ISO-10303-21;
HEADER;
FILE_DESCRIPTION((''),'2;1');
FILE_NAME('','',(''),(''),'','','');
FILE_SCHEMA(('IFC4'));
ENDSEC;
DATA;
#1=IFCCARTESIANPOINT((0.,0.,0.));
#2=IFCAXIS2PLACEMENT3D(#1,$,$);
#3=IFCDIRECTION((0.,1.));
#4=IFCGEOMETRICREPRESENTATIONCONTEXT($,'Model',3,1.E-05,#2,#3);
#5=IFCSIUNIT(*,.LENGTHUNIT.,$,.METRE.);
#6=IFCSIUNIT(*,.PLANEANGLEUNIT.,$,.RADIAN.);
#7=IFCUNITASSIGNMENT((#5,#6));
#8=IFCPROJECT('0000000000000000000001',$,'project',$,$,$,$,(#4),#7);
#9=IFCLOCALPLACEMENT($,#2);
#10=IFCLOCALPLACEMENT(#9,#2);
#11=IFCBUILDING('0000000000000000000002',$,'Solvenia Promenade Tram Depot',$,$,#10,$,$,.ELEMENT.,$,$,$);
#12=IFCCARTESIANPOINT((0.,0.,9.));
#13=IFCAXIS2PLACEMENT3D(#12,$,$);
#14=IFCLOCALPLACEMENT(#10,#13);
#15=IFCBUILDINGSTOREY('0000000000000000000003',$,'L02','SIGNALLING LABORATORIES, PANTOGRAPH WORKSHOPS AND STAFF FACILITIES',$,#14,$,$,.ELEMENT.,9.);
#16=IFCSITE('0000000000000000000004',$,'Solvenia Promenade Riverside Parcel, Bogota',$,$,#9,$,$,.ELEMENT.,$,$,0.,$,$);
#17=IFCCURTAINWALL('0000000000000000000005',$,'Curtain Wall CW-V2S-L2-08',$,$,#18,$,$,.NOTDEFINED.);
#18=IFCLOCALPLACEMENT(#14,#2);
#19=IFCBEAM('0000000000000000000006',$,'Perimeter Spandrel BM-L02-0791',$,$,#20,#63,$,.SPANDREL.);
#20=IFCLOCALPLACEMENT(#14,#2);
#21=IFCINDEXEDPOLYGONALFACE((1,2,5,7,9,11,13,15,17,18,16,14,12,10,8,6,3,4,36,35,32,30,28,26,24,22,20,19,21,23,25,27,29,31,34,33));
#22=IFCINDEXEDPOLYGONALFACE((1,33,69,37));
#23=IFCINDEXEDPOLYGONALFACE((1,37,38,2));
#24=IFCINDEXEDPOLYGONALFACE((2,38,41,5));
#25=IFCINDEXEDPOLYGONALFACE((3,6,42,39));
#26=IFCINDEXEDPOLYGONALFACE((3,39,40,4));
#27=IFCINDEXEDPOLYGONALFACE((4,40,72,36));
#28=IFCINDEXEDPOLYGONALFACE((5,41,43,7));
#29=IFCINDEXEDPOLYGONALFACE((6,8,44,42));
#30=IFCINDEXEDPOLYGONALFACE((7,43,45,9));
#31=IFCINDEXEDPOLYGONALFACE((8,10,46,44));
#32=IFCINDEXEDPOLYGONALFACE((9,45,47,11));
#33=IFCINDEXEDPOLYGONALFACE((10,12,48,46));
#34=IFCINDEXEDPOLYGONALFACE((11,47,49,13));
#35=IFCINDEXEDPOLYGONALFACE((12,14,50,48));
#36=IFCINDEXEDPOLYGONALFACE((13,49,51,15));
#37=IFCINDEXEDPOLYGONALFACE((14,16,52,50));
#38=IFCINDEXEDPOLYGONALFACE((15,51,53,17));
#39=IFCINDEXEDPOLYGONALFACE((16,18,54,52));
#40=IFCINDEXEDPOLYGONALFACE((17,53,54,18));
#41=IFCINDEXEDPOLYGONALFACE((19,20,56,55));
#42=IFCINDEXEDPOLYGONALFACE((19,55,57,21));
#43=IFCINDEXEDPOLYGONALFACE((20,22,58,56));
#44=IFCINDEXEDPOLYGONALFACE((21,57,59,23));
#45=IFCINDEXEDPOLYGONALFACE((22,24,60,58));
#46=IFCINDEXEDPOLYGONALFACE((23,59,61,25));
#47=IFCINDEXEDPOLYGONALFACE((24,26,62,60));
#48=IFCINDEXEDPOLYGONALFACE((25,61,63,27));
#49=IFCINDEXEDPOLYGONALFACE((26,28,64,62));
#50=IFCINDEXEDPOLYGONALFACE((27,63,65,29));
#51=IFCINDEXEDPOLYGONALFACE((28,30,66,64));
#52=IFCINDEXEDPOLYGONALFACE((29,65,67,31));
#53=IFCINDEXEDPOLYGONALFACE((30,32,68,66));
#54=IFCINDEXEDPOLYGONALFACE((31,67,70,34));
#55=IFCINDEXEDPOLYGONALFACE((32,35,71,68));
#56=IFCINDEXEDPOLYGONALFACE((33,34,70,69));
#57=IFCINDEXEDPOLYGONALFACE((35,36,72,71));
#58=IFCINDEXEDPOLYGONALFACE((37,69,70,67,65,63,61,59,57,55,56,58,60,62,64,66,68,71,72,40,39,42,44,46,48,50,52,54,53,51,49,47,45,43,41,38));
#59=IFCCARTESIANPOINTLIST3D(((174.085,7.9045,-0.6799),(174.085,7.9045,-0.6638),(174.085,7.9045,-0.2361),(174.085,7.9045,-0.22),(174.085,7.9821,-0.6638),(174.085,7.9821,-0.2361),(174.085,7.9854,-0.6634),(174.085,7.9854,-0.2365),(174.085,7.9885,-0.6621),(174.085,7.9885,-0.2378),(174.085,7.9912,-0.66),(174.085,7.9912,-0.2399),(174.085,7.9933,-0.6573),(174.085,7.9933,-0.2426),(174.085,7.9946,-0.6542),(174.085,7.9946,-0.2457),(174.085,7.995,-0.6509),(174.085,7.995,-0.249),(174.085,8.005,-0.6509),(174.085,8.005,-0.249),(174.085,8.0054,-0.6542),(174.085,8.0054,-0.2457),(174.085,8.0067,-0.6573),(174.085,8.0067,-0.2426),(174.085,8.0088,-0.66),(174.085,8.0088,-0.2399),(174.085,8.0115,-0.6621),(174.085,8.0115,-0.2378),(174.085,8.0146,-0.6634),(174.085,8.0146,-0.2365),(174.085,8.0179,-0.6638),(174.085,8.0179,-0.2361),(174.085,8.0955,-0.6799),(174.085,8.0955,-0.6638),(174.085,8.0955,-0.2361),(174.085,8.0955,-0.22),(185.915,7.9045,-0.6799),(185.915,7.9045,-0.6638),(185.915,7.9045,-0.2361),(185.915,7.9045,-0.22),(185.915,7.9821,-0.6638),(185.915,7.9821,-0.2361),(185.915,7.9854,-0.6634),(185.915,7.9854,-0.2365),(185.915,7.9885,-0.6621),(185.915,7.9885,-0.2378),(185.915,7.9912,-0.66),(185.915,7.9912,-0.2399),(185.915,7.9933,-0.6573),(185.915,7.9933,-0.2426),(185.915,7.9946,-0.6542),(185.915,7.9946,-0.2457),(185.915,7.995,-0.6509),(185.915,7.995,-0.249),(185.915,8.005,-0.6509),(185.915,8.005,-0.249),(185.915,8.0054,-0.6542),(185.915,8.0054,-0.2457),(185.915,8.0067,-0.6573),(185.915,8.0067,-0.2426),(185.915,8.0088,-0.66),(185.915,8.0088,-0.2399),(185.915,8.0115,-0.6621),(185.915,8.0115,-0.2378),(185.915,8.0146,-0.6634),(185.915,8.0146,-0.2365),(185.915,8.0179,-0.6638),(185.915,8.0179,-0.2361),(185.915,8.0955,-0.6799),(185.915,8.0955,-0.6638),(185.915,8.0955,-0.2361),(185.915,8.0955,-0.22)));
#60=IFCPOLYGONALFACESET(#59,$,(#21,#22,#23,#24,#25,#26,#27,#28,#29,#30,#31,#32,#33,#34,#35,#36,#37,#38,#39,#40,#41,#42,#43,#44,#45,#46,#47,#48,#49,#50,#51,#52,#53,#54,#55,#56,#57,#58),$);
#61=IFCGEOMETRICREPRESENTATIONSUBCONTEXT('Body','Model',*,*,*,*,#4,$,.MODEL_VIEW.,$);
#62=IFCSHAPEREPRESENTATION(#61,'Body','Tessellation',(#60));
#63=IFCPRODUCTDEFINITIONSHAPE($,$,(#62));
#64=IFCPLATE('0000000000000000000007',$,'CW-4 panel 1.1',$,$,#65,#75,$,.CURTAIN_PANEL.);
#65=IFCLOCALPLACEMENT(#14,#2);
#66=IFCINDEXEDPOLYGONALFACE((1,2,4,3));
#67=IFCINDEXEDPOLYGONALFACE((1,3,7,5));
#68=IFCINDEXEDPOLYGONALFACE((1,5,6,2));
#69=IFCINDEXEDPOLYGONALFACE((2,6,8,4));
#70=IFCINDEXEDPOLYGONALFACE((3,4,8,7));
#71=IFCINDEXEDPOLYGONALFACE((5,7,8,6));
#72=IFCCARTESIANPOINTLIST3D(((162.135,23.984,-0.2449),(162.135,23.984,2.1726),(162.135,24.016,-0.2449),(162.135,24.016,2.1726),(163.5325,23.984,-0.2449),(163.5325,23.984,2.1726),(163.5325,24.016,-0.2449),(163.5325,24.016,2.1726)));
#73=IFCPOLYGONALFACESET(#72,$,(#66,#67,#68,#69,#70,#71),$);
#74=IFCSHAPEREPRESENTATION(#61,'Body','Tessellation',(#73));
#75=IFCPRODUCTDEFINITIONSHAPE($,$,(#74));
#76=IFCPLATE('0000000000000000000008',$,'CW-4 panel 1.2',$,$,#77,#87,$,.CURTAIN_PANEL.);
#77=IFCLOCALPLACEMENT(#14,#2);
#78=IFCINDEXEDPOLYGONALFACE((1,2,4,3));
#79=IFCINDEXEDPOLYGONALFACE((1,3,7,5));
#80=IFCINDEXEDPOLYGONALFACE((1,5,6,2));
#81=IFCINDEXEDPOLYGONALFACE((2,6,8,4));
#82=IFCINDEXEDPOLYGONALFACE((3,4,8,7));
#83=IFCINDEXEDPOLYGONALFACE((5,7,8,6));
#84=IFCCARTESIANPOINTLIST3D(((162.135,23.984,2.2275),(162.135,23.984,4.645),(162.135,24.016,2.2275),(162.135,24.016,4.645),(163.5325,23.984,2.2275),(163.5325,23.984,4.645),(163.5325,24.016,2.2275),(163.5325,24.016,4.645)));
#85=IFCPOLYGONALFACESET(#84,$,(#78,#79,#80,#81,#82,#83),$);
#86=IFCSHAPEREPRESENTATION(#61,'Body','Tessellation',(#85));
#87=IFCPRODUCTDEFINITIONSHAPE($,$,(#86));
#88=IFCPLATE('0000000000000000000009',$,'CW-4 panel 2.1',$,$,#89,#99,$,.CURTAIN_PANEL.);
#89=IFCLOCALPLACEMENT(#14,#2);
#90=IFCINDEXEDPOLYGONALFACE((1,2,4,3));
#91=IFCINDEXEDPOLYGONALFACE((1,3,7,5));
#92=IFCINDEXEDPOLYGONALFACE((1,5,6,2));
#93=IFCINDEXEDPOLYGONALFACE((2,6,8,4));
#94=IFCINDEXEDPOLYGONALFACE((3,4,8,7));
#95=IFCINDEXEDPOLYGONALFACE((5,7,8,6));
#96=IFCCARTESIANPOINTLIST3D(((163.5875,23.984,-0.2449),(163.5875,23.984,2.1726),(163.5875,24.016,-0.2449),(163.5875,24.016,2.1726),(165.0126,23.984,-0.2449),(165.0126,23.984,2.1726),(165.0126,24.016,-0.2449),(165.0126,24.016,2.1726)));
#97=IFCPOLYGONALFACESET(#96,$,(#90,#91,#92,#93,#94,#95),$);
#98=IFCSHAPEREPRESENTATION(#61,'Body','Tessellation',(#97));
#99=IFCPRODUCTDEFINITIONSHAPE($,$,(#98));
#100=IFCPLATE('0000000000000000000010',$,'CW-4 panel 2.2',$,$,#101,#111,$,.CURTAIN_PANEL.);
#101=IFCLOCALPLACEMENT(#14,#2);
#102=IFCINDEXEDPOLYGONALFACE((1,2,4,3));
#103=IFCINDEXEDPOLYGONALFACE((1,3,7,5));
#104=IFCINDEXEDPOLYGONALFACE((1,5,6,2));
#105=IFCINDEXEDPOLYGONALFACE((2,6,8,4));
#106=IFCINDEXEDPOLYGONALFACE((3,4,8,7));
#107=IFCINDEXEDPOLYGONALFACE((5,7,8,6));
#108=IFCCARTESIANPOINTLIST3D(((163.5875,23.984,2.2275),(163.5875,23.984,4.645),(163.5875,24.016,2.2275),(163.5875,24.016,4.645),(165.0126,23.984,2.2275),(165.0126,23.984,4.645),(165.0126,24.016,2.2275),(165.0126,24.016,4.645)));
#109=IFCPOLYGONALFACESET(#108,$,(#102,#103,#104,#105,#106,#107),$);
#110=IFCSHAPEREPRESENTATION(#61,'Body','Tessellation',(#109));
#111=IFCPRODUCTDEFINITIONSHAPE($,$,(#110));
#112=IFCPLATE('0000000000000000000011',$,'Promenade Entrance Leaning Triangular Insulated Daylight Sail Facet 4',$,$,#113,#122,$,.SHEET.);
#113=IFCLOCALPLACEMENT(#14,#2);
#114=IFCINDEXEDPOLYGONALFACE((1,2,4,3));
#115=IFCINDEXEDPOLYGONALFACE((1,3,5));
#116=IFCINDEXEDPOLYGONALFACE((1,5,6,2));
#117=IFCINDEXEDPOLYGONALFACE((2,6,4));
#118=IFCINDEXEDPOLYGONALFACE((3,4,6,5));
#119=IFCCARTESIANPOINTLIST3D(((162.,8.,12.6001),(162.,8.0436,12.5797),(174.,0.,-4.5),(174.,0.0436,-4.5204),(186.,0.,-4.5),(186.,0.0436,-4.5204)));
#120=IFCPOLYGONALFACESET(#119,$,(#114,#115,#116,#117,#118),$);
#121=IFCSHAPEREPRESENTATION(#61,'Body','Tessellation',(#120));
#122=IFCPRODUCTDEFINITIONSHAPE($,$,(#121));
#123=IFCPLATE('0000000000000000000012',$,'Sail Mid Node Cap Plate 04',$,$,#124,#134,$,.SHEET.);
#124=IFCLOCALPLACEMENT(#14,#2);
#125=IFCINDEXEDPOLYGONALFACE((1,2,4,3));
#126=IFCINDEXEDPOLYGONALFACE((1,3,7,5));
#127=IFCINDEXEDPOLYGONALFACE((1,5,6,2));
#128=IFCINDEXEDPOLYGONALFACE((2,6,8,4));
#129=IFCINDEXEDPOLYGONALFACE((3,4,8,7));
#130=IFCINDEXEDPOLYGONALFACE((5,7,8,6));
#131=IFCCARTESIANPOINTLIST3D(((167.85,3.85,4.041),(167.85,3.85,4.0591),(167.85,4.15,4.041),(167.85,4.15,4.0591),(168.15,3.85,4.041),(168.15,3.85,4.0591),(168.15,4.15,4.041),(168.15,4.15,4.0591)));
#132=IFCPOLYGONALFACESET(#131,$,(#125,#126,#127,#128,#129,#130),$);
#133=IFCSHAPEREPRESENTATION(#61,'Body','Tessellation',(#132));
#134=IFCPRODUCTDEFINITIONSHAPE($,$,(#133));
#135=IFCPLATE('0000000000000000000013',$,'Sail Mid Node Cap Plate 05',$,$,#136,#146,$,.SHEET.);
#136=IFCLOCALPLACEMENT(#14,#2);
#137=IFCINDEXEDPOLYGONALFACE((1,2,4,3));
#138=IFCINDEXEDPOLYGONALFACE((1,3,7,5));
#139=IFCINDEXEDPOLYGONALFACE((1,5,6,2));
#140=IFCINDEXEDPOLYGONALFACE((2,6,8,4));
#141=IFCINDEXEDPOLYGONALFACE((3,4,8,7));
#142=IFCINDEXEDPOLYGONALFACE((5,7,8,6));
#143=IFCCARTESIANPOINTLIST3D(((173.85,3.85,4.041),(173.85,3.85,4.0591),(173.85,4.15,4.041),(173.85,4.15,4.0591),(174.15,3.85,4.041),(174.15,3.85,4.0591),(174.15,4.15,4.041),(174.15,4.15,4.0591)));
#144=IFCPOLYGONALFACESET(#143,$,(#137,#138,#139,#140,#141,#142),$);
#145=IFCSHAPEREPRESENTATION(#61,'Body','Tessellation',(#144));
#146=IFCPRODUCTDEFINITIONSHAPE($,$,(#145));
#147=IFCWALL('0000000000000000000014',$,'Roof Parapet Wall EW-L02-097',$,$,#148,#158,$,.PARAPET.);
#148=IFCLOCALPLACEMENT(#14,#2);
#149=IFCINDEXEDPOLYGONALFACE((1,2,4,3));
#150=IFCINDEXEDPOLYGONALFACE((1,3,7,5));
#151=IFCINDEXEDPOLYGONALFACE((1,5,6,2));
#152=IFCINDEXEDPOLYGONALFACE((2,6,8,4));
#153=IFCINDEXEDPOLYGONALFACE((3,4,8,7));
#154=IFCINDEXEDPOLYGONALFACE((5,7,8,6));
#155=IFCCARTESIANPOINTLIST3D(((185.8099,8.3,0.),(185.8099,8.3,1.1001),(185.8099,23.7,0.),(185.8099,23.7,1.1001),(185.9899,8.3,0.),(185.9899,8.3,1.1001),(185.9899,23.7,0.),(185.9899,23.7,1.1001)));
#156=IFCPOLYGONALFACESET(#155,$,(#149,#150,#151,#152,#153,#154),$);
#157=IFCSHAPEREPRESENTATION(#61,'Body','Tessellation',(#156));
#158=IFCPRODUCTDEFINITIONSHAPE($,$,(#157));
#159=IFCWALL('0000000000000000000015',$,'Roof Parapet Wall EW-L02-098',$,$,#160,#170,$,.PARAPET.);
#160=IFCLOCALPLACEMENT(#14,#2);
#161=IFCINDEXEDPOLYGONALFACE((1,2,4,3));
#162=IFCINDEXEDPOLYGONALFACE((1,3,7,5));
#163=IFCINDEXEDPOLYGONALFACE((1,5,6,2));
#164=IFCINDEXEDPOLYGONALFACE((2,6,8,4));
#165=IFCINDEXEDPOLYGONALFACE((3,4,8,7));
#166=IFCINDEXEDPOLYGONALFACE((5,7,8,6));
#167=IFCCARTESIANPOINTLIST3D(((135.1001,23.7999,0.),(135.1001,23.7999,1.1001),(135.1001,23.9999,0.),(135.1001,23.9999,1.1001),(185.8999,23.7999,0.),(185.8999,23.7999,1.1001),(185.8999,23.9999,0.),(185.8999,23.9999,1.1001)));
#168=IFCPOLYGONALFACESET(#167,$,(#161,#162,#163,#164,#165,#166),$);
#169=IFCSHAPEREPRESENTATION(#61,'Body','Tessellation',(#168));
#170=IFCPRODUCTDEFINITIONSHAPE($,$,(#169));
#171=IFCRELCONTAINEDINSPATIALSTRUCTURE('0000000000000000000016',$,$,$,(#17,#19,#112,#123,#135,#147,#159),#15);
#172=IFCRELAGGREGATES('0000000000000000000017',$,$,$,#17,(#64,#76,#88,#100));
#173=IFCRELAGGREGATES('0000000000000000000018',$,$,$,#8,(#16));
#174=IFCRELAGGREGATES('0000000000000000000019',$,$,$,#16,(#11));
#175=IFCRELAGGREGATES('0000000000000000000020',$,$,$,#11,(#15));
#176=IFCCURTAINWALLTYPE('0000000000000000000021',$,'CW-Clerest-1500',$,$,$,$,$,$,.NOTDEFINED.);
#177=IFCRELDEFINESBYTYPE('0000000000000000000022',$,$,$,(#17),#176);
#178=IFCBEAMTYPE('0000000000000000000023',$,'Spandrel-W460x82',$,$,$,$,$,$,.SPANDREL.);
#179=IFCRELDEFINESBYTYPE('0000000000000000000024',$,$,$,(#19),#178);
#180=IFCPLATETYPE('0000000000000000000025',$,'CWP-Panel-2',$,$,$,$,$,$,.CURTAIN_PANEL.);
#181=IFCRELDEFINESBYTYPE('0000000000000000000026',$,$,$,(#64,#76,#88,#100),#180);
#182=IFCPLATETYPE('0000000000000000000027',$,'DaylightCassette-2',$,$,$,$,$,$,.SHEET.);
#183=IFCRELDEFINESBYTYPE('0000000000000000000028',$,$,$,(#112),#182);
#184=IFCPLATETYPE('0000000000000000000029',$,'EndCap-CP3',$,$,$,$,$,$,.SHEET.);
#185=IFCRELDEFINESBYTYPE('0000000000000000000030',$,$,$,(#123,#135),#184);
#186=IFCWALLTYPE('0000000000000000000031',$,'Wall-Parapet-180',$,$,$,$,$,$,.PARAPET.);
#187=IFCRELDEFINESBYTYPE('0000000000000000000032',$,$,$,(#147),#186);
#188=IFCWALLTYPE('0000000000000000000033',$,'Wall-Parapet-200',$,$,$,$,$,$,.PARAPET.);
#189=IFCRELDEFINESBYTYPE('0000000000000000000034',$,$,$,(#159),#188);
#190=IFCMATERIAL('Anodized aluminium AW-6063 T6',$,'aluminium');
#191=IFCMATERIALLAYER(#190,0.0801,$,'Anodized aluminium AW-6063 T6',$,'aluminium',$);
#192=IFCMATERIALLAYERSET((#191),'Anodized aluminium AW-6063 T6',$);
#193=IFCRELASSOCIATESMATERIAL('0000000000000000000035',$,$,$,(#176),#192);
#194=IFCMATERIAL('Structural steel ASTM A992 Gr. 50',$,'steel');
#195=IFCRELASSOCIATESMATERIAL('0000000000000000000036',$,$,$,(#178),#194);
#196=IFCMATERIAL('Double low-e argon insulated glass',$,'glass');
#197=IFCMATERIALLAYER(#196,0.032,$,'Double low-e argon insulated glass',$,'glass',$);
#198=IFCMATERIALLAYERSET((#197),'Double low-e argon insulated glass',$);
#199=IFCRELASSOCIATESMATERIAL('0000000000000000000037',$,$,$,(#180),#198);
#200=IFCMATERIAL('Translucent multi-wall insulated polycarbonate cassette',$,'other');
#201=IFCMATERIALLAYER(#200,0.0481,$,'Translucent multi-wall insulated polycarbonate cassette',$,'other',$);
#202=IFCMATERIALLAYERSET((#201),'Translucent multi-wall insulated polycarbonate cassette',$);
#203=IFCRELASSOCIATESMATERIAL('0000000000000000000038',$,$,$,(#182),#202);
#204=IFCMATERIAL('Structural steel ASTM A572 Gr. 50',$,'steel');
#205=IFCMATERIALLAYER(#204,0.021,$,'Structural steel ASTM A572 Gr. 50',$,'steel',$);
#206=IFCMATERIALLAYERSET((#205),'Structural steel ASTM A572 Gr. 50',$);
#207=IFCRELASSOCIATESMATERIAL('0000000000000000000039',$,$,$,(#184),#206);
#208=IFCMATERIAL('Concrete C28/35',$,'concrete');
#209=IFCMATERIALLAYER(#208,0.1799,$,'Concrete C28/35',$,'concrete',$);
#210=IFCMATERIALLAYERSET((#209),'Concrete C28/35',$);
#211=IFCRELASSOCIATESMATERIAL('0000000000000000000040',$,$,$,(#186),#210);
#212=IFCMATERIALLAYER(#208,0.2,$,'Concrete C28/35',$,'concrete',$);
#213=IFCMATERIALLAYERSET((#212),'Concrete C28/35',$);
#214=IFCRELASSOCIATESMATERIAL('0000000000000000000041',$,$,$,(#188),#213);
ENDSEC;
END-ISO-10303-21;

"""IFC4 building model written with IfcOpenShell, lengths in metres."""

from ifc_helpers import new_model, si_unit, direction, frame, frame_2d, origin, origin_2d, place, context, subcontext, project, spatial, polyline, rectangle, i_section, outline, extrude, material, layer, layer_set, material_profile, profile_set, type_object, element, aggregate, save


model = new_model("IFC4")

# Units and contexts
model_context = context("Model", 3, precision=1e-05, world=origin(), true_north=direction((0.0, 1.0)))
body_context = subcontext(model_context, "Body", "Model", "MODEL_VIEW")
ifc_project = project(units=[si_unit("LENGTHUNIT", "METRE"), si_unit("PLANEANGLEUNIT", "RADIAN")], contexts=[model_context])

# Site, building, storey
site_placement = place(None, origin())
site = spatial("IfcSite", under=ifc_project, at=site_placement, Name="Solvenia Promenade Riverside Parcel, Bogota", CompositionType="ELEMENT", RefElevation=0.0)
building_placement = place(site_placement, origin())
building = spatial("IfcBuilding", under=site, at=building_placement, Name="Solvenia Promenade Tram Depot", CompositionType="ELEMENT")
storey_placement = place(building_placement, frame((0.0, 0.0, 9.0)))
storey = spatial("IfcBuildingStorey", under=building, at=storey_placement, Name="L02", Description="SIGNALLING LABORATORIES, PANTOGRAPH WORKSHOPS AND STAFF FACILITIES", CompositionType="ELEMENT", Elevation=9.0)

# Curtain wall
ifc_material_1 = material(Name="Anodized aluminium AW-6063 T6", Category="aluminium")
ifc_layer_1 = layer(ifc_material_1, 0.0801, Name="Anodized aluminium AW-6063 T6", Category="aluminium")
ifc_layer_set_1 = layer_set([ifc_layer_1], Name="Anodized aluminium AW-6063 T6")
curtain_wall_type = type_object("IfcCurtainWallType", Name="CW-Clerest-1500", PredefinedType="NOTDEFINED", material=ifc_layer_set_1)
curtain_wall_placement = place(storey_placement, origin())
curtain_wall = element("IfcCurtainWall", 1, at=curtain_wall_placement, inside=storey, type_object=curtain_wall_type, Name="Curtain Wall CW-V2S-L2-08", PredefinedType="NOTDEFINED")

# Shared definitions
ifc_material_2 = material(Name="Structural steel ASTM A992 Gr. 50", Category="steel")

# Beam
ifc_material_profile_1 = material_profile(ifc_material_2, i_section(OverallWidth=0.1909, OverallDepth=0.46, WebThickness=0.01, FlangeThickness=0.0161, FilletRadius=0.0129, at=origin_2d()), Name="W460x82", Category="steel")
ifc_profile_set_1 = profile_set([ifc_material_profile_1], Name="Structural steel ASTM A992 Gr. 50")
beam_type_1 = type_object("IfcBeamType", Name="Spandrel-W460x82", PredefinedType="SPANDREL", material=ifc_profile_set_1)
beam_placement = place(storey_placement, frame((174.085, 8.0, -0.45), z_axis=(1.0, 0.0, 0.0), x_axis=(0.0, 1.0, 0.0)))
element("IfcBeam", 2, at=beam_placement, inside=storey, type_object=beam_type_1, Name="Perimeter Spandrel BM-L02-0791", PredefinedType="SPANDREL", context=body_context, shape_type="SweptSolid", body=[
    extrude(i_section(OverallWidth=0.1909, OverallDepth=0.46, WebThickness=0.01, FlangeThickness=0.0161, FilletRadius=0.0129, at=origin_2d()), origin(), (0.0, 0.0, 1.0), 11.8301),
])

# Plates
ifc_material_3 = material(Name="Double low-e argon insulated glass", Category="glass")
ifc_layer_2 = layer(ifc_material_3, 0.032, Name="Double low-e argon insulated glass", Category="glass")
ifc_layer_set_2 = layer_set([ifc_layer_2], Name="Double low-e argon insulated glass")
plate_type_1 = type_object("IfcPlateType", Name="CWP-Panel-2", PredefinedType="CURTAIN_PANEL", material=ifc_layer_set_2)
plate_1_placement = place(storey_placement, frame((162.8337, 24.0, -0.2449), z_axis=(0.0, 0.0, 1.0), x_axis=(1.0, 0.0, 0.0)))
plate_1 = element("IfcPlate", 3, at=plate_1_placement, type_object=plate_type_1, Name="CW-4 panel 1.1", PredefinedType="CURTAIN_PANEL", context=body_context, shape_type="SweptSolid", body=[
    extrude(rectangle(XDim=1.3975, YDim=0.032, at=origin_2d()), origin(), (0.0, 0.0, 1.0), 2.4175),
])
plate_2_placement = place(storey_placement, frame((162.8337, 24.0, 2.2275), z_axis=(0.0, 0.0, 1.0), x_axis=(1.0, 0.0, 0.0)))
plate_2 = element("IfcPlate", 4, at=plate_2_placement, type_object=plate_type_1, Name="CW-4 panel 1.2", PredefinedType="CURTAIN_PANEL", context=body_context, shape_type="SweptSolid", body=[
    extrude(rectangle(XDim=1.3975, YDim=0.032, at=origin_2d()), origin(), (0.0, 0.0, 1.0), 2.4175),
])
plate_3_placement = place(storey_placement, frame((164.3, 24.0, -0.2449), z_axis=(0.0, 0.0, 1.0), x_axis=(1.0, 0.0, 0.0)))
plate_3 = element("IfcPlate", 5, at=plate_3_placement, type_object=plate_type_1, Name="CW-4 panel 2.1", PredefinedType="CURTAIN_PANEL", context=body_context, shape_type="SweptSolid", body=[
    extrude(rectangle(XDim=1.425, YDim=0.032, at=origin_2d()), origin(), (0.0, 0.0, 1.0), 2.4175),
])
plate_4_placement = place(storey_placement, frame((164.3, 24.0, 2.2275), z_axis=(0.0, 0.0, 1.0), x_axis=(1.0, 0.0, 0.0)))
plate_4 = element("IfcPlate", 6, at=plate_4_placement, type_object=plate_type_1, Name="CW-4 panel 2.2", PredefinedType="CURTAIN_PANEL", context=body_context, shape_type="SweptSolid", body=[
    extrude(rectangle(XDim=1.425, YDim=0.032, at=origin_2d()), origin(), (0.0, 0.0, 1.0), 2.4175),
])
aggregate(curtain_wall, [plate_1, plate_2, plate_3, plate_4])

# Plates
ifc_material_4 = material(Name="Translucent multi-wall insulated polycarbonate cassette", Category="other")
ifc_layer_3 = layer(ifc_material_4, 0.0481, Name="Translucent multi-wall insulated polycarbonate cassette", Category="other")
ifc_layer_set_3 = layer_set([ifc_layer_3], Name="Translucent multi-wall insulated polycarbonate cassette")
plate_type_2 = type_object("IfcPlateType", Name="DaylightCassette-2", PredefinedType="SHEET", material=ifc_layer_set_3)
plate_5_placement = place(storey_placement, frame((174.0, 0.0, -4.5), z_axis=(0.0, -0.905778, 0.423753), x_axis=(1.0, 0.0, 0.0)))
element("IfcPlate", 7, at=plate_5_placement, inside=storey, type_object=plate_type_2, Name="Promenade Entrance Leaning Triangular Insulated Daylight Sail Facet 4", PredefinedType="SHEET", context=body_context, shape_type="SweptSolid", body=[
    extrude(outline(polyline([(0.0, 0.0), (12.0, 0.0), (-12.0, 18.8789), (0.0, 0.0)])), origin(), (0.0, 0.0, -1.0), 0.0481),
])
ifc_material_5 = material(Name="Structural steel ASTM A572 Gr. 50", Category="steel")
ifc_layer_4 = layer(ifc_material_5, 0.021, Name="Structural steel ASTM A572 Gr. 50", Category="steel")
ifc_layer_set_4 = layer_set([ifc_layer_4], Name="Structural steel ASTM A572 Gr. 50")
plate_type_3 = type_object("IfcPlateType", Name="EndCap-CP3", PredefinedType="SHEET", material=ifc_layer_set_4)
for number, where, z_axis, x_axis, name in (
    (8, (168.0, 4.0, 4.041), (0.0, 0.0, 1.0), (1.0, 0.0, 0.0), "Sail Mid Node Cap Plate 04"),
    (9, (174.0, 4.0, 4.041), (0.0, 0.0, 1.0), (1.0, 0.0, 0.0), "Sail Mid Node Cap Plate 05"),
):
    element("IfcPlate", number, at=place(storey_placement, frame(where, z_axis=z_axis, x_axis=x_axis)), inside=storey, type_object=plate_type_3, Name=name, PredefinedType="SHEET", context=body_context, shape_type="SweptSolid", body=[
        extrude(rectangle(XDim=0.3, YDim=0.3, at=origin_2d()), origin(), (0.0, 0.0, 1.0), 0.0181),
    ])

# Walls
ifc_material_6 = material(Name="Concrete C28/35", Category="concrete")
ifc_layer_5 = layer(ifc_material_6, 0.1799, Name="Concrete C28/35", Category="concrete")
ifc_layer_set_5 = layer_set([ifc_layer_5], Name="Concrete C28/35")
wall_type_1 = type_object("IfcWallType", Name="Wall-Parapet-180", PredefinedType="PARAPET", material=ifc_layer_set_5)
wall_1_placement = place(storey_placement, frame((185.8999, 8.3, 0.0), z_axis=(0.0, 0.0, 1.0), x_axis=(0.0, 1.0, 0.0)))
element("IfcWall", 10, at=wall_1_placement, inside=storey, type_object=wall_type_1, Name="Roof Parapet Wall EW-L02-097", PredefinedType="PARAPET", context=body_context, shape_type="SweptSolid", body=[
    extrude(rectangle(XDim=15.3999, YDim=0.1799, at=frame_2d((7.7, 0.0))), origin(), (0.0, 0.0, 1.0), 1.1001),
])
ifc_layer_6 = layer(ifc_material_6, 0.2, Name="Concrete C28/35", Category="concrete")
ifc_layer_set_6 = layer_set([ifc_layer_6], Name="Concrete C28/35")
wall_type_2 = type_object("IfcWallType", Name="Wall-Parapet-200", PredefinedType="PARAPET", material=ifc_layer_set_6)
wall_2_placement = place(storey_placement, frame((185.8999, 23.8999, 0.0), z_axis=(0.0, 0.0, 1.0), x_axis=(-1.0, 0.0, 0.0)))
element("IfcWall", 11, at=wall_2_placement, inside=storey, type_object=wall_type_2, Name="Roof Parapet Wall EW-L02-098", PredefinedType="PARAPET", context=body_context, shape_type="SweptSolid", body=[
    extrude(rectangle(XDim=50.7998, YDim=0.2, at=frame_2d((25.3999, 0.0))), origin(), (0.0, 0.0, 1.0), 1.1001),
])

save(model, "model.ifc")
